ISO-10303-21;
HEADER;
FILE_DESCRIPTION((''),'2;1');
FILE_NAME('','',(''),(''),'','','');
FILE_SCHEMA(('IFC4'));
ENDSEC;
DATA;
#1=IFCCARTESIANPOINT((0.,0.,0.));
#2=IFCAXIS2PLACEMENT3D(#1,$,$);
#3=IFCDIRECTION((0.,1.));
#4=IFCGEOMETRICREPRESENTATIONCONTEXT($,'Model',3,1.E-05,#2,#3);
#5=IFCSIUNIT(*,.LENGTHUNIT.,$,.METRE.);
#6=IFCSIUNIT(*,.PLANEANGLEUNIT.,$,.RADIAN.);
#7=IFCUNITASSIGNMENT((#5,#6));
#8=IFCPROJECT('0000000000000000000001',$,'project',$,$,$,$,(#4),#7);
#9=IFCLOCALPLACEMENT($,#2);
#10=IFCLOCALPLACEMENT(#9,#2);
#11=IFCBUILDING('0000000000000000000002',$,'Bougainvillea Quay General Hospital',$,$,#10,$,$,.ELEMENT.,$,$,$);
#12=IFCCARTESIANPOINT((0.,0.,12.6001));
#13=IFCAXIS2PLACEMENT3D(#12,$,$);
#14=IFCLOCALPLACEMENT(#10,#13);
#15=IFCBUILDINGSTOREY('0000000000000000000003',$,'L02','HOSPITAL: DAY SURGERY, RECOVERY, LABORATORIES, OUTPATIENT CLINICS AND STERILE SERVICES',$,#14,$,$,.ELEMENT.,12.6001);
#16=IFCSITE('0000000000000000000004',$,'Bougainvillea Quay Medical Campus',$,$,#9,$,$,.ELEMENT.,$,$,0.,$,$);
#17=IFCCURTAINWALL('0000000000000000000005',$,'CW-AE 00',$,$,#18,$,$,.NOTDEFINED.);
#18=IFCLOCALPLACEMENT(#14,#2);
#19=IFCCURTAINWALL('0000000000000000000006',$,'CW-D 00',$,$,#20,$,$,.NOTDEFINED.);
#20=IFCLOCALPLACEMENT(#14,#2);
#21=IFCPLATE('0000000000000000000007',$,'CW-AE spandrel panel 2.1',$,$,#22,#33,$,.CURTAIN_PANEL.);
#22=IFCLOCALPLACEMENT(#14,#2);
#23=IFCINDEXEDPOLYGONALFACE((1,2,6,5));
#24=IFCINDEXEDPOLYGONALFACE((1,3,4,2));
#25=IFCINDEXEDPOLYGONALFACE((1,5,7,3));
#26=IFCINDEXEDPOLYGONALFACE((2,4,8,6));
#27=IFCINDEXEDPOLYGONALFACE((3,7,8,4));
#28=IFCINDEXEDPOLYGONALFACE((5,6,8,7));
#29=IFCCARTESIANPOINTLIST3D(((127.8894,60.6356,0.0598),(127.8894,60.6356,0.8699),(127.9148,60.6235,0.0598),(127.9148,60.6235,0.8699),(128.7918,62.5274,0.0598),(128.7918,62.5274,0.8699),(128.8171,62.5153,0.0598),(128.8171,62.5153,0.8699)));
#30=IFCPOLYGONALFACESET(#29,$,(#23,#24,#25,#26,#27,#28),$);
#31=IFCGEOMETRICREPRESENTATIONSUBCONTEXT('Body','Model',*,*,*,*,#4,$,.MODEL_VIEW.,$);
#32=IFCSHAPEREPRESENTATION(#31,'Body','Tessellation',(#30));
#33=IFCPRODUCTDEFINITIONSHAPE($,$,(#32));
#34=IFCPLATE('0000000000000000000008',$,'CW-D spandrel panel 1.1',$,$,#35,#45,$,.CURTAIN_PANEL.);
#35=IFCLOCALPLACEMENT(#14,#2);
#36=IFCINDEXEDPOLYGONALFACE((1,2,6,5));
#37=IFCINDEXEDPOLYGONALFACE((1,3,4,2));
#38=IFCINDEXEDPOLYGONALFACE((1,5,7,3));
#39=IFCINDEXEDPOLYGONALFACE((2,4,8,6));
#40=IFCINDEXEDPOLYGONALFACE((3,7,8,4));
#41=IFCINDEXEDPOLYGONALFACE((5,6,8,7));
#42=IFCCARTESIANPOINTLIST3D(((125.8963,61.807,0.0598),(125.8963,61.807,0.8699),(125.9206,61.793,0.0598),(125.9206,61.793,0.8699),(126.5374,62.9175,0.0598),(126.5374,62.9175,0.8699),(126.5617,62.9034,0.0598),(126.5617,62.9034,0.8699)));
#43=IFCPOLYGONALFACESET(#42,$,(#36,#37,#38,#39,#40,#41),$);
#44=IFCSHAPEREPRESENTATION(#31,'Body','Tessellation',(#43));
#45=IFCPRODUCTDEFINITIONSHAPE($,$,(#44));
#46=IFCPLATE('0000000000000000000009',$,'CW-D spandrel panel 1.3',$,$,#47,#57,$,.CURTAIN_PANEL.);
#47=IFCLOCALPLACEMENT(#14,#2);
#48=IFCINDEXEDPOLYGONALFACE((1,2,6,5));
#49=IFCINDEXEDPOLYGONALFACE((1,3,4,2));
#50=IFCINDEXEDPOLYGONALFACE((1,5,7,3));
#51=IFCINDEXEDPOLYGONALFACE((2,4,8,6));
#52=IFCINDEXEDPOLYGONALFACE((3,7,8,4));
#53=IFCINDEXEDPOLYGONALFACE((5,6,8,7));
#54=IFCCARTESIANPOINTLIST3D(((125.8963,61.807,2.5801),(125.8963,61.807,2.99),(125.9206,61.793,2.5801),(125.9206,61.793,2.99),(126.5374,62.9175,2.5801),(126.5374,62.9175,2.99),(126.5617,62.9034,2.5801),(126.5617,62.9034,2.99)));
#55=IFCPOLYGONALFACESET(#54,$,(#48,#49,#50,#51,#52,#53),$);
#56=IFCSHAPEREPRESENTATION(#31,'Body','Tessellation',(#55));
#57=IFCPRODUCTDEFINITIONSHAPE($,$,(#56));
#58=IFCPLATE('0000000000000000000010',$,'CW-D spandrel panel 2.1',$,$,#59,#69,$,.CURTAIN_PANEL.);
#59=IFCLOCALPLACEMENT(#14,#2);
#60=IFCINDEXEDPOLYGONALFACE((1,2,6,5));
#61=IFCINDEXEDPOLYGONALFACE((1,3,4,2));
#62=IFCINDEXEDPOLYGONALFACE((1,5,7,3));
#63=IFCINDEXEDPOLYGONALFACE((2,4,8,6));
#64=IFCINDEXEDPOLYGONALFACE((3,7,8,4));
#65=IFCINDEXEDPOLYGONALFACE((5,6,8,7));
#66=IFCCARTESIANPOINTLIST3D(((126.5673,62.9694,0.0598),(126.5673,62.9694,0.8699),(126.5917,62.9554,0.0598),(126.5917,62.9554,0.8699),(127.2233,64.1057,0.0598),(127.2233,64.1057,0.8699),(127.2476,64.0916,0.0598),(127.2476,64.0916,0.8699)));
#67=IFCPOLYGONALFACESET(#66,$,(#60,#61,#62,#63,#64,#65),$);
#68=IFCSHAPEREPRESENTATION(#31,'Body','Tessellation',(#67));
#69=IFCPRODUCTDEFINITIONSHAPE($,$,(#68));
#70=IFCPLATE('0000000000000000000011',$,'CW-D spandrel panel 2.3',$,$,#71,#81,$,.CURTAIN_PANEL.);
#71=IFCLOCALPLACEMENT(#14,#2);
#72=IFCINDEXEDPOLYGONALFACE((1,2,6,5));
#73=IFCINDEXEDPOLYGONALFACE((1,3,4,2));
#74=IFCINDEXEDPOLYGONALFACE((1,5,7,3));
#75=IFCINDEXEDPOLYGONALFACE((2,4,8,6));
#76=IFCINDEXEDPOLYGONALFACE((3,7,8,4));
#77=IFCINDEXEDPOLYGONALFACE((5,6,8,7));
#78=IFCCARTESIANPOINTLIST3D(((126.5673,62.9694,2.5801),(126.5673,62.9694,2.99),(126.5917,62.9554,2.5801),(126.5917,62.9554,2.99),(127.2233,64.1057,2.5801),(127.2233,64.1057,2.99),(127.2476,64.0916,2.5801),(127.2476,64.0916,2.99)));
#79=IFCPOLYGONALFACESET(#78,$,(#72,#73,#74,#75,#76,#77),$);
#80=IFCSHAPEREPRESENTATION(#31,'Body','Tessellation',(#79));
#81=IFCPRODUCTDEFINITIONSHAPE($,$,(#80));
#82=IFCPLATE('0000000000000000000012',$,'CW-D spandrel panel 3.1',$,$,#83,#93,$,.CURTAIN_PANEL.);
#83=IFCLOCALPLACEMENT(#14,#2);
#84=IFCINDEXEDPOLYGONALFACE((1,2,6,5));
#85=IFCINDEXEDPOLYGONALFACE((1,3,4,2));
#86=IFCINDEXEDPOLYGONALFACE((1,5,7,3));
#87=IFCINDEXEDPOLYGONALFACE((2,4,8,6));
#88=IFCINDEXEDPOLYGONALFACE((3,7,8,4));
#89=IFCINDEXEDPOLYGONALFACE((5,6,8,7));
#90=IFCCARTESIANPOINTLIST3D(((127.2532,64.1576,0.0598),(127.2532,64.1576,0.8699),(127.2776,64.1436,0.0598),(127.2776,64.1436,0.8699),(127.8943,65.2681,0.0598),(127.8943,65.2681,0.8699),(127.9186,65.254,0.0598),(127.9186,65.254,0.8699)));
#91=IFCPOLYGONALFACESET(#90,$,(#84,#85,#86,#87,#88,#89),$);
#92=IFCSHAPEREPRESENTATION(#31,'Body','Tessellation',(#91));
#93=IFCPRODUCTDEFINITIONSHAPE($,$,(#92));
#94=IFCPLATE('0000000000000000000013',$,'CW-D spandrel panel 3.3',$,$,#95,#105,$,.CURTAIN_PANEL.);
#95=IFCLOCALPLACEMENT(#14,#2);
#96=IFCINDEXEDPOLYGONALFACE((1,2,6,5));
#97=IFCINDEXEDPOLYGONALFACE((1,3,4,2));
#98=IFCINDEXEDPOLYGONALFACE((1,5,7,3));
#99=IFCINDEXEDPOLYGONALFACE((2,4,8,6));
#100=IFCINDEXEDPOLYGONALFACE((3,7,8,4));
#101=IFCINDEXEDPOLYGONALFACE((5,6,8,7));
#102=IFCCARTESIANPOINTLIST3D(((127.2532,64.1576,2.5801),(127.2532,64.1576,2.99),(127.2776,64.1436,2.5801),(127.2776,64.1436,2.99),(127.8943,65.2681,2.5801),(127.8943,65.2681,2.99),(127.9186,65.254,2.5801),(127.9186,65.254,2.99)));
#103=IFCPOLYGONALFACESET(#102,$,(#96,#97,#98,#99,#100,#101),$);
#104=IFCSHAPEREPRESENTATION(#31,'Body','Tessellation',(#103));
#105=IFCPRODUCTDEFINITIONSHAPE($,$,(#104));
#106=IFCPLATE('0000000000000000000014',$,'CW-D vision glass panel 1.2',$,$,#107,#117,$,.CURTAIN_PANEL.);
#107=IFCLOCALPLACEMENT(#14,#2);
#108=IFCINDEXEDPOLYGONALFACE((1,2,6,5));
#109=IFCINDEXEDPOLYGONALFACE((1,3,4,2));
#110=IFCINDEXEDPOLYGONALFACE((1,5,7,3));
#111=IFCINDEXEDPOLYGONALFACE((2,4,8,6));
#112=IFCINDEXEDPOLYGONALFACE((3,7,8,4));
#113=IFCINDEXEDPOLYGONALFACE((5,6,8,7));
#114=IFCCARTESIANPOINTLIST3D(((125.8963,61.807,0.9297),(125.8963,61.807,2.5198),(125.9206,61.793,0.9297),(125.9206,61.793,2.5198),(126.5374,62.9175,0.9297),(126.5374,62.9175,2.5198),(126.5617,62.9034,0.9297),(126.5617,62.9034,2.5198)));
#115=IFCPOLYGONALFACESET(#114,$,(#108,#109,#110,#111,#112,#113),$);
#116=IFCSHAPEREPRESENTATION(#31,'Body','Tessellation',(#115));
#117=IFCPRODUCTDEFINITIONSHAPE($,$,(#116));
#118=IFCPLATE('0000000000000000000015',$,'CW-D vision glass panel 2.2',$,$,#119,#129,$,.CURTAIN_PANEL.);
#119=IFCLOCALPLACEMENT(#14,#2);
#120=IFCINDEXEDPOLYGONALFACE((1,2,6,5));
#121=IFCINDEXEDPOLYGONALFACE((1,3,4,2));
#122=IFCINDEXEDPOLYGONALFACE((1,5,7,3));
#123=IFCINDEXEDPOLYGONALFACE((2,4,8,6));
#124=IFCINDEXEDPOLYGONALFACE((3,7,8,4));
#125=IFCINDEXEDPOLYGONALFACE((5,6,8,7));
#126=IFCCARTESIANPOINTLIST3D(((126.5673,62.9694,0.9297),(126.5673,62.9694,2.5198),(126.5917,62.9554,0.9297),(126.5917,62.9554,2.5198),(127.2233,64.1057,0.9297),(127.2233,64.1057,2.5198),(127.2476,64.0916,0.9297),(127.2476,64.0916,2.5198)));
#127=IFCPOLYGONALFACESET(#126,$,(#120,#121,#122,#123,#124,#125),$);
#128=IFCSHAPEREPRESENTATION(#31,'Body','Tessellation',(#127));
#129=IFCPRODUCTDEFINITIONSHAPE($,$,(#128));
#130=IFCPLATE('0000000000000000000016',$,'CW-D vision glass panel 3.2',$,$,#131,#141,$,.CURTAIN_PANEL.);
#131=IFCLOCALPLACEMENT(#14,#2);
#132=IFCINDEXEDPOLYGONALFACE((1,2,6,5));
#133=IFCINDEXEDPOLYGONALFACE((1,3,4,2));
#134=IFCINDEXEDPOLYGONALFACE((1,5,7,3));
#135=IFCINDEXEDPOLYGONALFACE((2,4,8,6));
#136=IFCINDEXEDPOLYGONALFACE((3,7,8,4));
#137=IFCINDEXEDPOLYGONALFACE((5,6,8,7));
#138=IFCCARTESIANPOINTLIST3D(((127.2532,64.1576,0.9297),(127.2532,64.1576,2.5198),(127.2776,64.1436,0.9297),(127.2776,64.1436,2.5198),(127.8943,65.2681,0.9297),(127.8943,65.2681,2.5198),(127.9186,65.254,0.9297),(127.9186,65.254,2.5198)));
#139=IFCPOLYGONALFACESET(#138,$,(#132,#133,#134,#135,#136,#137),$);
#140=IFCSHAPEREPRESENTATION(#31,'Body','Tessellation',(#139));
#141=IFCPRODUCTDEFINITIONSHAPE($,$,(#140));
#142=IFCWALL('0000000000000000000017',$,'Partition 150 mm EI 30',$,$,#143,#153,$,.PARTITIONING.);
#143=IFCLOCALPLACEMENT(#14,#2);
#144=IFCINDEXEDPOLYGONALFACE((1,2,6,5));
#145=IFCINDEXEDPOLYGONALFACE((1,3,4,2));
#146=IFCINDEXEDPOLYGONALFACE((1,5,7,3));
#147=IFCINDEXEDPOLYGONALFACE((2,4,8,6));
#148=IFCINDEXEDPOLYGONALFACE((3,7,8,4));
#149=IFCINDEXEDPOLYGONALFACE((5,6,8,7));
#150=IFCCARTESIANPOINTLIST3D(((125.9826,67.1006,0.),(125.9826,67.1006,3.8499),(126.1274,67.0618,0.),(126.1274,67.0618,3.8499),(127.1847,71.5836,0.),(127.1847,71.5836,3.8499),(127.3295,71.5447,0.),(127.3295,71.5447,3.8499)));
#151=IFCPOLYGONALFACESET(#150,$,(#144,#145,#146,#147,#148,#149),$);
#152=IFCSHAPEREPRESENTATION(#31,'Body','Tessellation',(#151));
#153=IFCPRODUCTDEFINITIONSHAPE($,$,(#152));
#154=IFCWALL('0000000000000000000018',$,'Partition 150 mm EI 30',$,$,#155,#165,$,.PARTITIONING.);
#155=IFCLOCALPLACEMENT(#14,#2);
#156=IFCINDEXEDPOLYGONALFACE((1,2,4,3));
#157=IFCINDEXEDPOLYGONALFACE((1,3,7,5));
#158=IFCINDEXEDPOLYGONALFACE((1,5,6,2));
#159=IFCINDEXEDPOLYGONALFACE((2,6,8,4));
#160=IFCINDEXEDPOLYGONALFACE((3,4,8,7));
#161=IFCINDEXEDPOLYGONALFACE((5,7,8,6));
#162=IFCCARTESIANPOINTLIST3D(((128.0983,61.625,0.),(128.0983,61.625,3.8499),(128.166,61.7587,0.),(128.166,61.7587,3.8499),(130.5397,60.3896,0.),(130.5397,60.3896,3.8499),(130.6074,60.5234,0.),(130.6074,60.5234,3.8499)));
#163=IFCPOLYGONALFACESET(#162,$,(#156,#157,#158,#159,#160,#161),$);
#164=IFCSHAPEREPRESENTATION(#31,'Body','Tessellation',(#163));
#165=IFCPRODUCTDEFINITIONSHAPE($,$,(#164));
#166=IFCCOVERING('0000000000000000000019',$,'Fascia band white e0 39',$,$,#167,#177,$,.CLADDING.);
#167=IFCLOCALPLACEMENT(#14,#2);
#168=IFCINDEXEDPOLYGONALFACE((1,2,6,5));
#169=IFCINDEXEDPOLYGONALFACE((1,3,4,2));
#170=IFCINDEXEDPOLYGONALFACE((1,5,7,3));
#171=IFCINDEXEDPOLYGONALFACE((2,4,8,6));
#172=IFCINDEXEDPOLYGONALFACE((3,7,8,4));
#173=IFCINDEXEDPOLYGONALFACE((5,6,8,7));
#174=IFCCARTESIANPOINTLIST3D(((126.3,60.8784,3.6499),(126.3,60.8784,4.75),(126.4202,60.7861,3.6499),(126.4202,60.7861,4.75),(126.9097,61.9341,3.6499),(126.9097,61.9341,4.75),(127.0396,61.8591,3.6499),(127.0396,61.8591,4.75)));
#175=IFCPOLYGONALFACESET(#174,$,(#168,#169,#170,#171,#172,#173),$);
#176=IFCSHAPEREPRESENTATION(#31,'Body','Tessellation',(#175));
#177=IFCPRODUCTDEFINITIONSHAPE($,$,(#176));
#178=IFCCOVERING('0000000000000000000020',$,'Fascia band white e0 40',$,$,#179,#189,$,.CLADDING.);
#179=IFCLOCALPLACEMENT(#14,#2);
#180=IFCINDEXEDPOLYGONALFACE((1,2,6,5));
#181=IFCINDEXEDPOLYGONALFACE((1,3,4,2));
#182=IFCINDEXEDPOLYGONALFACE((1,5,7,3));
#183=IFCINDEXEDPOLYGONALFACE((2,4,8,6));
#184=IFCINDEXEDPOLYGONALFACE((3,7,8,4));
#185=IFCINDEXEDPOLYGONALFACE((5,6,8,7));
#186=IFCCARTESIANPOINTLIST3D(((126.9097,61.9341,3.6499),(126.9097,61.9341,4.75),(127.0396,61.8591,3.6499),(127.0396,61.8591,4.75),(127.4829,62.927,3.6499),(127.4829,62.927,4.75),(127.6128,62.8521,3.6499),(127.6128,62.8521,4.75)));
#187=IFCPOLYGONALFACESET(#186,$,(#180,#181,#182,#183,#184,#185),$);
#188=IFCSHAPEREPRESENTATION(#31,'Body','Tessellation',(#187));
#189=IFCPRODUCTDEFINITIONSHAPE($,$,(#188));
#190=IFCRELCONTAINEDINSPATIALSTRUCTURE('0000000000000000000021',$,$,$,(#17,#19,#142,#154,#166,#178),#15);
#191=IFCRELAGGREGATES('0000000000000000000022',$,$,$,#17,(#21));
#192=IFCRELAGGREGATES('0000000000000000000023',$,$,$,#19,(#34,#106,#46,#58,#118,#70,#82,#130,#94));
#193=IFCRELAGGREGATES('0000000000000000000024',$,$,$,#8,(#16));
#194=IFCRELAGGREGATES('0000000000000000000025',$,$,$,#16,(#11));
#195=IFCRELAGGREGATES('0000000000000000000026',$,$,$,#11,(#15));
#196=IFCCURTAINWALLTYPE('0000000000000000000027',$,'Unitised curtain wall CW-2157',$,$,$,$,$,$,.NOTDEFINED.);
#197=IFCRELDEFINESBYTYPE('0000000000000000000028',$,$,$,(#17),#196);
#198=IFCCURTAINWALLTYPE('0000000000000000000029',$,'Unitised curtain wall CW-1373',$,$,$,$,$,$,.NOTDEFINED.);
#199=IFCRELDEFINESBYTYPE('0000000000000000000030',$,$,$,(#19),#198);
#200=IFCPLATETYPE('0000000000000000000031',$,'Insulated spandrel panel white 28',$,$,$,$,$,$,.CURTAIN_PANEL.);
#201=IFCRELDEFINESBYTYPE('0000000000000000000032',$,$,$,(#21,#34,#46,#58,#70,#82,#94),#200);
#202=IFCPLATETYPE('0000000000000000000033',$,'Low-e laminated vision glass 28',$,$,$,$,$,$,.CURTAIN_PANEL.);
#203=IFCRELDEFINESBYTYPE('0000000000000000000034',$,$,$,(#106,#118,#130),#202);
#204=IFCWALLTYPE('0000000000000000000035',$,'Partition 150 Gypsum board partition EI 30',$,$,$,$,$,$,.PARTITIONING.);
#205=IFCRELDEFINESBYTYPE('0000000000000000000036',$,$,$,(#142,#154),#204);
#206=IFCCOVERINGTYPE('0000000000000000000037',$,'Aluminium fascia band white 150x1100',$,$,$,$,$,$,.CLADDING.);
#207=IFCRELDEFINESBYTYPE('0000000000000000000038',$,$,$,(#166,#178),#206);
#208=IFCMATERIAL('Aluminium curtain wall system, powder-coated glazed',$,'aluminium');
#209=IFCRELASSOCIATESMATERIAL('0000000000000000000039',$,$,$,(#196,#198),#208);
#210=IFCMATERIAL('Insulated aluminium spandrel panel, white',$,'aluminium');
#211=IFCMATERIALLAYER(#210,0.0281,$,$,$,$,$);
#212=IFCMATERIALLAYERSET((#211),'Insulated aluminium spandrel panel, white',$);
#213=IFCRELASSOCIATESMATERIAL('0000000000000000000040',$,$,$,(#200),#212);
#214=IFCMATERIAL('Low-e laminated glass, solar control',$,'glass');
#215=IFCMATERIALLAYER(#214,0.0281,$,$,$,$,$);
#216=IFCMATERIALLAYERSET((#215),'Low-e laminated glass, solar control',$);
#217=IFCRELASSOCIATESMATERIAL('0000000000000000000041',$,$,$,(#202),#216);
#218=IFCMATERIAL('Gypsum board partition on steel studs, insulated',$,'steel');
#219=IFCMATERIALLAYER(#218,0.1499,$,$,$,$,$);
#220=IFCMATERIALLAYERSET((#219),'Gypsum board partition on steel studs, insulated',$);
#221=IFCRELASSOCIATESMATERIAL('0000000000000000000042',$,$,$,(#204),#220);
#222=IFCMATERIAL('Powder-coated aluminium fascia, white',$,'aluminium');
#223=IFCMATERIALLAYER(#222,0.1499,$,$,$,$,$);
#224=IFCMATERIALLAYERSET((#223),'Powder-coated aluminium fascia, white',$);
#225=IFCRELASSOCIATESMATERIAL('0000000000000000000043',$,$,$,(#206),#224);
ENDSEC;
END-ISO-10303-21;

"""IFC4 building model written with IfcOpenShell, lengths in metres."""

from ifc_helpers import new_model, si_unit, direction, frame, frame_2d, origin, origin_2d, place, context, subcontext, project, spatial, polyline, rectangle, outline, extrude, material, layer, layer_set, type_object, element, aggregate, save


model = new_model("IFC4")

# Units and contexts
model_context = context("Model", 3, precision=1e-05, world=origin(), true_north=direction((0.0, 1.0)))
body_context = subcontext(model_context, "Body", "Model", "MODEL_VIEW")
ifc_project = project(units=[si_unit("LENGTHUNIT", "METRE"), si_unit("PLANEANGLEUNIT", "RADIAN")], contexts=[model_context])

# Site, building, storey
site_placement = place(None, origin())
site = spatial("IfcSite", under=ifc_project, at=site_placement, Name="Bougainvillea Quay Medical Campus", CompositionType="ELEMENT", RefElevation=0.0)
building_placement = place(site_placement, origin())
building = spatial("IfcBuilding", under=site, at=building_placement, Name="Bougainvillea Quay General Hospital", CompositionType="ELEMENT")
storey_placement = place(building_placement, frame((0.0, 0.0, 12.6001)))
storey = spatial("IfcBuildingStorey", under=building, at=storey_placement, Name="L02", Description="HOSPITAL: DAY SURGERY, RECOVERY, LABORATORIES, OUTPATIENT CLINICS AND STERILE SERVICES", CompositionType="ELEMENT", Elevation=12.6001)

# Curtain wall
ifc_material_1 = material(Name="Aluminium curtain wall system, powder-coated glazed", Category="aluminium")
curtain_wall_type_1 = type_object("IfcCurtainWallType", Name="Unitised curtain wall CW-2157", PredefinedType="NOTDEFINED", material=ifc_material_1)
curtain_wall_1_placement = place(storey_placement, origin())
curtain_wall_1 = element("IfcCurtainWall", 1, at=curtain_wall_1_placement, inside=storey, type_object=curtain_wall_type_1, Name="CW-AE 00", PredefinedType="NOTDEFINED")

# Curtain wall
curtain_wall_type_2 = type_object("IfcCurtainWallType", Name="Unitised curtain wall CW-1373", PredefinedType="NOTDEFINED", material=ifc_material_1)
curtain_wall_2_placement = place(storey_placement, origin())
curtain_wall_2 = element("IfcCurtainWall", 2, at=curtain_wall_2_placement, inside=storey, type_object=curtain_wall_type_2, Name="CW-D 00", PredefinedType="NOTDEFINED")

# Plates
ifc_material_2 = material(Name="Insulated aluminium spandrel panel, white", Category="aluminium")
ifc_layer_1 = layer(ifc_material_2, 0.0281)
ifc_layer_set_1 = layer_set([ifc_layer_1], Name="Insulated aluminium spandrel panel, white")
plate_type_1 = type_object("IfcPlateType", Name="Insulated spandrel panel white 28", PredefinedType="CURTAIN_PANEL", material=ifc_layer_set_1)
plate_1_placement = place(storey_placement, frame((128.3533, 61.5754, 0.0598), z_axis=(0.0, 0.0, 1.0), x_axis=(-0.43053, -0.902576, 0.0)))
plate_1 = element("IfcPlate", 3, at=plate_1_placement, type_object=plate_type_1, Name="CW-AE spandrel panel 2.1", PredefinedType="CURTAIN_PANEL", context=body_context, shape_type="SweptSolid", body=[
    extrude(rectangle(XDim=2.0959, YDim=0.0281, at=origin_2d()), origin(), (0.0, 0.0, 1.0), 0.8101),
])
aggregate(curtain_wall_1, [plate_1])
plate_2_placement = place(storey_placement, frame((126.229, 62.3552, 0.0598), z_axis=(0.0, 0.0, 1.0), x_axis=(0.499962, 0.866048, 0.0)))
plate_2 = element("IfcPlate", 4, at=plate_2_placement, type_object=plate_type_1, Name="CW-D spandrel panel 1.1", PredefinedType="CURTAIN_PANEL", context=body_context, shape_type="SweptSolid", body=[
    extrude(rectangle(XDim=1.2822, YDim=0.0281, at=origin_2d()), origin(), (0.0, 0.0, 1.0), 0.8101),
])
plate_3_placement = place(storey_placement, frame((126.229, 62.3552, 2.5801), z_axis=(0.0, 0.0, 1.0), x_axis=(0.499962, 0.866048, 0.0)))
plate_3 = element("IfcPlate", 5, at=plate_3_placement, type_object=plate_type_1, Name="CW-D spandrel panel 1.3", PredefinedType="CURTAIN_PANEL", context=body_context, shape_type="SweptSolid", body=[
    extrude(rectangle(XDim=1.2822, YDim=0.0281, at=origin_2d()), origin(), (0.0, 0.0, 1.0), 0.4099),
])
plate_4_placement = place(storey_placement, frame((126.9075, 63.5305, 0.0598), z_axis=(0.0, 0.0, 1.0), x_axis=(0.499962, 0.866048, 0.0)))
plate_4 = element("IfcPlate", 6, at=plate_4_placement, type_object=plate_type_1, Name="CW-D spandrel panel 2.1", PredefinedType="CURTAIN_PANEL", context=body_context, shape_type="SweptSolid", body=[
    extrude(rectangle(XDim=1.312, YDim=0.0281, at=origin_2d()), origin(), (0.0, 0.0, 1.0), 0.8101),
])
plate_5_placement = place(storey_placement, frame((126.9075, 63.5305, 2.5801), z_axis=(0.0, 0.0, 1.0), x_axis=(0.499962, 0.866048, 0.0)))
plate_5 = element("IfcPlate", 7, at=plate_5_placement, type_object=plate_type_1, Name="CW-D spandrel panel 2.3", PredefinedType="CURTAIN_PANEL", context=body_context, shape_type="SweptSolid", body=[
    extrude(rectangle(XDim=1.312, YDim=0.0281, at=origin_2d()), origin(), (0.0, 0.0, 1.0), 0.4099),
])
plate_6_placement = place(storey_placement, frame((127.5859, 64.7058, 0.0598), z_axis=(0.0, 0.0, 1.0), x_axis=(0.499962, 0.866048, 0.0)))
plate_6 = element("IfcPlate", 8, at=plate_6_placement, type_object=plate_type_1, Name="CW-D spandrel panel 3.1", PredefinedType="CURTAIN_PANEL", context=body_context, shape_type="SweptSolid", body=[
    extrude(rectangle(XDim=1.2822, YDim=0.0281, at=origin_2d()), origin(), (0.0, 0.0, 1.0), 0.8101),
])
plate_7_placement = place(storey_placement, frame((127.5859, 64.7058, 2.5801), z_axis=(0.0, 0.0, 1.0), x_axis=(0.499962, 0.866048, 0.0)))
plate_7 = element("IfcPlate", 9, at=plate_7_placement, type_object=plate_type_1, Name="CW-D spandrel panel 3.3", PredefinedType="CURTAIN_PANEL", context=body_context, shape_type="SweptSolid", body=[
    extrude(rectangle(XDim=1.2822, YDim=0.0281, at=origin_2d()), origin(), (0.0, 0.0, 1.0), 0.4099),
])
ifc_material_3 = material(Name="Low-e laminated glass, solar control", Category="glass")
ifc_layer_2 = layer(ifc_material_3, 0.0281)
ifc_layer_set_2 = layer_set([ifc_layer_2], Name="Low-e laminated glass, solar control")
plate_type_2 = type_object("IfcPlateType", Name="Low-e laminated vision glass 28", PredefinedType="CURTAIN_PANEL", material=ifc_layer_set_2)
plate_8_placement = place(storey_placement, frame((126.229, 62.3552, 0.9297), z_axis=(0.0, 0.0, 1.0), x_axis=(0.499962, 0.866048, 0.0)))
plate_8 = element("IfcPlate", 10, at=plate_8_placement, type_object=plate_type_2, Name="CW-D vision glass panel 1.2", PredefinedType="CURTAIN_PANEL", context=body_context, shape_type="SweptSolid", body=[
    extrude(rectangle(XDim=1.2822, YDim=0.0281, at=origin_2d()), origin(), (0.0, 0.0, 1.0), 1.5901),
])
plate_9_placement = place(storey_placement, frame((126.9075, 63.5305, 0.9297), z_axis=(0.0, 0.0, 1.0), x_axis=(0.499962, 0.866048, 0.0)))
plate_9 = element("IfcPlate", 11, at=plate_9_placement, type_object=plate_type_2, Name="CW-D vision glass panel 2.2", PredefinedType="CURTAIN_PANEL", context=body_context, shape_type="SweptSolid", body=[
    extrude(rectangle(XDim=1.312, YDim=0.0281, at=origin_2d()), origin(), (0.0, 0.0, 1.0), 1.5901),
])
plate_10_placement = place(storey_placement, frame((127.5859, 64.7058, 0.9297), z_axis=(0.0, 0.0, 1.0), x_axis=(0.499962, 0.866048, 0.0)))
plate_10 = element("IfcPlate", 12, at=plate_10_placement, type_object=plate_type_2, Name="CW-D vision glass panel 3.2", PredefinedType="CURTAIN_PANEL", context=body_context, shape_type="SweptSolid", body=[
    extrude(rectangle(XDim=1.2822, YDim=0.0281, at=origin_2d()), origin(), (0.0, 0.0, 1.0), 1.5901),
])
aggregate(curtain_wall_2, [plate_2, plate_8, plate_3, plate_4, plate_9, plate_5, plate_6, plate_10, plate_7])

# Walls
ifc_material_4 = material(Name="Gypsum board partition on steel studs, insulated", Category="steel")
ifc_layer_3 = layer(ifc_material_4, 0.1499)
ifc_layer_set_3 = layer_set([ifc_layer_3], Name="Gypsum board partition on steel studs, insulated")
wall_type = type_object("IfcWallType", Name="Partition 150 Gypsum board partition EI 30", PredefinedType="PARTITIONING", material=ifc_layer_set_3)
wall_1_placement = place(storey_placement, frame((126.0549, 67.0811, 0.0), z_axis=(0.0, 0.0, 1.0), x_axis=(0.259011, 0.965874, 0.0)))
element("IfcWall", 13, at=wall_1_placement, inside=storey, type_object=wall_type, Name="Partition 150 mm EI 30", PredefinedType="PARTITIONING", context=body_context, shape_type="SweptSolid", body=[
    extrude(rectangle(XDim=4.6414, YDim=0.1499, at=frame_2d((2.3208, 0.0))), origin(), (0.0, 0.0, 1.0), 3.8499),
])
wall_2_placement = place(storey_placement, frame((128.1321, 61.6919, 0.0), z_axis=(0.0, 0.0, 1.0), x_axis=(0.892275, -0.451491, 0.0)))
element("IfcWall", 14, at=wall_2_placement, inside=storey, type_object=wall_type, Name="Partition 150 mm EI 30", PredefinedType="PARTITIONING", context=body_context, shape_type="SweptSolid", body=[
    extrude(rectangle(XDim=2.7361, YDim=0.1499, at=frame_2d((1.3682, 0.0))), origin(), (0.0, 0.0, 1.0), 3.8499),
])

# Coverings
ifc_material_5 = material(Name="Powder-coated aluminium fascia, white", Category="aluminium")
ifc_layer_4 = layer(ifc_material_5, 0.1499)
ifc_layer_set_4 = layer_set([ifc_layer_4], Name="Powder-coated aluminium fascia, white")
covering_type = type_object("IfcCoveringType", Name="Aluminium fascia band white 150x1100", PredefinedType="CLADDING", material=ifc_layer_set_4)
covering_1_placement = place(storey_placement, frame((126.3, 60.8784, 3.6499), z_axis=(0.0, 0.0, 1.0), x_axis=(0.500081, 0.865979, 0.0)))
element("IfcCovering", 15, at=covering_1_placement, inside=storey, type_object=covering_type, Name="Fascia band white e0 39", PredefinedType="CLADDING", context=body_context, shape_type="SweptSolid", body=[
    extrude(outline(polyline([(0.0, 0.0), (1.219, 0.0), (1.2191, -0.15), (-0.0198, -0.1502), (0.0, 0.0)])), origin(), (0.0, 0.0, 1.0), 1.1001),
])
for number, where, z_axis, x_axis, name in (
    (16, (126.9097, 61.9341, 3.6499), (0.0, 0.0, 1.0), (0.499987, 0.866033, 0.0), "Fascia band white e0 40"),
):
    element("IfcCovering", number, at=place(storey_placement, frame(where, z_axis=z_axis, x_axis=x_axis)), inside=storey, type_object=covering_type, Name=name, PredefinedType="CLADDING", context=body_context, shape_type="SweptSolid", body=[
        extrude(outline(polyline([(0.0, 0.0), (1.1465, 0.0), (1.1465, -0.15), (0.0, -0.15), (0.0, 0.0)])), origin(), (0.0, 0.0, 1.0), 1.1001),
    ])

save(model, "model.ifc")
